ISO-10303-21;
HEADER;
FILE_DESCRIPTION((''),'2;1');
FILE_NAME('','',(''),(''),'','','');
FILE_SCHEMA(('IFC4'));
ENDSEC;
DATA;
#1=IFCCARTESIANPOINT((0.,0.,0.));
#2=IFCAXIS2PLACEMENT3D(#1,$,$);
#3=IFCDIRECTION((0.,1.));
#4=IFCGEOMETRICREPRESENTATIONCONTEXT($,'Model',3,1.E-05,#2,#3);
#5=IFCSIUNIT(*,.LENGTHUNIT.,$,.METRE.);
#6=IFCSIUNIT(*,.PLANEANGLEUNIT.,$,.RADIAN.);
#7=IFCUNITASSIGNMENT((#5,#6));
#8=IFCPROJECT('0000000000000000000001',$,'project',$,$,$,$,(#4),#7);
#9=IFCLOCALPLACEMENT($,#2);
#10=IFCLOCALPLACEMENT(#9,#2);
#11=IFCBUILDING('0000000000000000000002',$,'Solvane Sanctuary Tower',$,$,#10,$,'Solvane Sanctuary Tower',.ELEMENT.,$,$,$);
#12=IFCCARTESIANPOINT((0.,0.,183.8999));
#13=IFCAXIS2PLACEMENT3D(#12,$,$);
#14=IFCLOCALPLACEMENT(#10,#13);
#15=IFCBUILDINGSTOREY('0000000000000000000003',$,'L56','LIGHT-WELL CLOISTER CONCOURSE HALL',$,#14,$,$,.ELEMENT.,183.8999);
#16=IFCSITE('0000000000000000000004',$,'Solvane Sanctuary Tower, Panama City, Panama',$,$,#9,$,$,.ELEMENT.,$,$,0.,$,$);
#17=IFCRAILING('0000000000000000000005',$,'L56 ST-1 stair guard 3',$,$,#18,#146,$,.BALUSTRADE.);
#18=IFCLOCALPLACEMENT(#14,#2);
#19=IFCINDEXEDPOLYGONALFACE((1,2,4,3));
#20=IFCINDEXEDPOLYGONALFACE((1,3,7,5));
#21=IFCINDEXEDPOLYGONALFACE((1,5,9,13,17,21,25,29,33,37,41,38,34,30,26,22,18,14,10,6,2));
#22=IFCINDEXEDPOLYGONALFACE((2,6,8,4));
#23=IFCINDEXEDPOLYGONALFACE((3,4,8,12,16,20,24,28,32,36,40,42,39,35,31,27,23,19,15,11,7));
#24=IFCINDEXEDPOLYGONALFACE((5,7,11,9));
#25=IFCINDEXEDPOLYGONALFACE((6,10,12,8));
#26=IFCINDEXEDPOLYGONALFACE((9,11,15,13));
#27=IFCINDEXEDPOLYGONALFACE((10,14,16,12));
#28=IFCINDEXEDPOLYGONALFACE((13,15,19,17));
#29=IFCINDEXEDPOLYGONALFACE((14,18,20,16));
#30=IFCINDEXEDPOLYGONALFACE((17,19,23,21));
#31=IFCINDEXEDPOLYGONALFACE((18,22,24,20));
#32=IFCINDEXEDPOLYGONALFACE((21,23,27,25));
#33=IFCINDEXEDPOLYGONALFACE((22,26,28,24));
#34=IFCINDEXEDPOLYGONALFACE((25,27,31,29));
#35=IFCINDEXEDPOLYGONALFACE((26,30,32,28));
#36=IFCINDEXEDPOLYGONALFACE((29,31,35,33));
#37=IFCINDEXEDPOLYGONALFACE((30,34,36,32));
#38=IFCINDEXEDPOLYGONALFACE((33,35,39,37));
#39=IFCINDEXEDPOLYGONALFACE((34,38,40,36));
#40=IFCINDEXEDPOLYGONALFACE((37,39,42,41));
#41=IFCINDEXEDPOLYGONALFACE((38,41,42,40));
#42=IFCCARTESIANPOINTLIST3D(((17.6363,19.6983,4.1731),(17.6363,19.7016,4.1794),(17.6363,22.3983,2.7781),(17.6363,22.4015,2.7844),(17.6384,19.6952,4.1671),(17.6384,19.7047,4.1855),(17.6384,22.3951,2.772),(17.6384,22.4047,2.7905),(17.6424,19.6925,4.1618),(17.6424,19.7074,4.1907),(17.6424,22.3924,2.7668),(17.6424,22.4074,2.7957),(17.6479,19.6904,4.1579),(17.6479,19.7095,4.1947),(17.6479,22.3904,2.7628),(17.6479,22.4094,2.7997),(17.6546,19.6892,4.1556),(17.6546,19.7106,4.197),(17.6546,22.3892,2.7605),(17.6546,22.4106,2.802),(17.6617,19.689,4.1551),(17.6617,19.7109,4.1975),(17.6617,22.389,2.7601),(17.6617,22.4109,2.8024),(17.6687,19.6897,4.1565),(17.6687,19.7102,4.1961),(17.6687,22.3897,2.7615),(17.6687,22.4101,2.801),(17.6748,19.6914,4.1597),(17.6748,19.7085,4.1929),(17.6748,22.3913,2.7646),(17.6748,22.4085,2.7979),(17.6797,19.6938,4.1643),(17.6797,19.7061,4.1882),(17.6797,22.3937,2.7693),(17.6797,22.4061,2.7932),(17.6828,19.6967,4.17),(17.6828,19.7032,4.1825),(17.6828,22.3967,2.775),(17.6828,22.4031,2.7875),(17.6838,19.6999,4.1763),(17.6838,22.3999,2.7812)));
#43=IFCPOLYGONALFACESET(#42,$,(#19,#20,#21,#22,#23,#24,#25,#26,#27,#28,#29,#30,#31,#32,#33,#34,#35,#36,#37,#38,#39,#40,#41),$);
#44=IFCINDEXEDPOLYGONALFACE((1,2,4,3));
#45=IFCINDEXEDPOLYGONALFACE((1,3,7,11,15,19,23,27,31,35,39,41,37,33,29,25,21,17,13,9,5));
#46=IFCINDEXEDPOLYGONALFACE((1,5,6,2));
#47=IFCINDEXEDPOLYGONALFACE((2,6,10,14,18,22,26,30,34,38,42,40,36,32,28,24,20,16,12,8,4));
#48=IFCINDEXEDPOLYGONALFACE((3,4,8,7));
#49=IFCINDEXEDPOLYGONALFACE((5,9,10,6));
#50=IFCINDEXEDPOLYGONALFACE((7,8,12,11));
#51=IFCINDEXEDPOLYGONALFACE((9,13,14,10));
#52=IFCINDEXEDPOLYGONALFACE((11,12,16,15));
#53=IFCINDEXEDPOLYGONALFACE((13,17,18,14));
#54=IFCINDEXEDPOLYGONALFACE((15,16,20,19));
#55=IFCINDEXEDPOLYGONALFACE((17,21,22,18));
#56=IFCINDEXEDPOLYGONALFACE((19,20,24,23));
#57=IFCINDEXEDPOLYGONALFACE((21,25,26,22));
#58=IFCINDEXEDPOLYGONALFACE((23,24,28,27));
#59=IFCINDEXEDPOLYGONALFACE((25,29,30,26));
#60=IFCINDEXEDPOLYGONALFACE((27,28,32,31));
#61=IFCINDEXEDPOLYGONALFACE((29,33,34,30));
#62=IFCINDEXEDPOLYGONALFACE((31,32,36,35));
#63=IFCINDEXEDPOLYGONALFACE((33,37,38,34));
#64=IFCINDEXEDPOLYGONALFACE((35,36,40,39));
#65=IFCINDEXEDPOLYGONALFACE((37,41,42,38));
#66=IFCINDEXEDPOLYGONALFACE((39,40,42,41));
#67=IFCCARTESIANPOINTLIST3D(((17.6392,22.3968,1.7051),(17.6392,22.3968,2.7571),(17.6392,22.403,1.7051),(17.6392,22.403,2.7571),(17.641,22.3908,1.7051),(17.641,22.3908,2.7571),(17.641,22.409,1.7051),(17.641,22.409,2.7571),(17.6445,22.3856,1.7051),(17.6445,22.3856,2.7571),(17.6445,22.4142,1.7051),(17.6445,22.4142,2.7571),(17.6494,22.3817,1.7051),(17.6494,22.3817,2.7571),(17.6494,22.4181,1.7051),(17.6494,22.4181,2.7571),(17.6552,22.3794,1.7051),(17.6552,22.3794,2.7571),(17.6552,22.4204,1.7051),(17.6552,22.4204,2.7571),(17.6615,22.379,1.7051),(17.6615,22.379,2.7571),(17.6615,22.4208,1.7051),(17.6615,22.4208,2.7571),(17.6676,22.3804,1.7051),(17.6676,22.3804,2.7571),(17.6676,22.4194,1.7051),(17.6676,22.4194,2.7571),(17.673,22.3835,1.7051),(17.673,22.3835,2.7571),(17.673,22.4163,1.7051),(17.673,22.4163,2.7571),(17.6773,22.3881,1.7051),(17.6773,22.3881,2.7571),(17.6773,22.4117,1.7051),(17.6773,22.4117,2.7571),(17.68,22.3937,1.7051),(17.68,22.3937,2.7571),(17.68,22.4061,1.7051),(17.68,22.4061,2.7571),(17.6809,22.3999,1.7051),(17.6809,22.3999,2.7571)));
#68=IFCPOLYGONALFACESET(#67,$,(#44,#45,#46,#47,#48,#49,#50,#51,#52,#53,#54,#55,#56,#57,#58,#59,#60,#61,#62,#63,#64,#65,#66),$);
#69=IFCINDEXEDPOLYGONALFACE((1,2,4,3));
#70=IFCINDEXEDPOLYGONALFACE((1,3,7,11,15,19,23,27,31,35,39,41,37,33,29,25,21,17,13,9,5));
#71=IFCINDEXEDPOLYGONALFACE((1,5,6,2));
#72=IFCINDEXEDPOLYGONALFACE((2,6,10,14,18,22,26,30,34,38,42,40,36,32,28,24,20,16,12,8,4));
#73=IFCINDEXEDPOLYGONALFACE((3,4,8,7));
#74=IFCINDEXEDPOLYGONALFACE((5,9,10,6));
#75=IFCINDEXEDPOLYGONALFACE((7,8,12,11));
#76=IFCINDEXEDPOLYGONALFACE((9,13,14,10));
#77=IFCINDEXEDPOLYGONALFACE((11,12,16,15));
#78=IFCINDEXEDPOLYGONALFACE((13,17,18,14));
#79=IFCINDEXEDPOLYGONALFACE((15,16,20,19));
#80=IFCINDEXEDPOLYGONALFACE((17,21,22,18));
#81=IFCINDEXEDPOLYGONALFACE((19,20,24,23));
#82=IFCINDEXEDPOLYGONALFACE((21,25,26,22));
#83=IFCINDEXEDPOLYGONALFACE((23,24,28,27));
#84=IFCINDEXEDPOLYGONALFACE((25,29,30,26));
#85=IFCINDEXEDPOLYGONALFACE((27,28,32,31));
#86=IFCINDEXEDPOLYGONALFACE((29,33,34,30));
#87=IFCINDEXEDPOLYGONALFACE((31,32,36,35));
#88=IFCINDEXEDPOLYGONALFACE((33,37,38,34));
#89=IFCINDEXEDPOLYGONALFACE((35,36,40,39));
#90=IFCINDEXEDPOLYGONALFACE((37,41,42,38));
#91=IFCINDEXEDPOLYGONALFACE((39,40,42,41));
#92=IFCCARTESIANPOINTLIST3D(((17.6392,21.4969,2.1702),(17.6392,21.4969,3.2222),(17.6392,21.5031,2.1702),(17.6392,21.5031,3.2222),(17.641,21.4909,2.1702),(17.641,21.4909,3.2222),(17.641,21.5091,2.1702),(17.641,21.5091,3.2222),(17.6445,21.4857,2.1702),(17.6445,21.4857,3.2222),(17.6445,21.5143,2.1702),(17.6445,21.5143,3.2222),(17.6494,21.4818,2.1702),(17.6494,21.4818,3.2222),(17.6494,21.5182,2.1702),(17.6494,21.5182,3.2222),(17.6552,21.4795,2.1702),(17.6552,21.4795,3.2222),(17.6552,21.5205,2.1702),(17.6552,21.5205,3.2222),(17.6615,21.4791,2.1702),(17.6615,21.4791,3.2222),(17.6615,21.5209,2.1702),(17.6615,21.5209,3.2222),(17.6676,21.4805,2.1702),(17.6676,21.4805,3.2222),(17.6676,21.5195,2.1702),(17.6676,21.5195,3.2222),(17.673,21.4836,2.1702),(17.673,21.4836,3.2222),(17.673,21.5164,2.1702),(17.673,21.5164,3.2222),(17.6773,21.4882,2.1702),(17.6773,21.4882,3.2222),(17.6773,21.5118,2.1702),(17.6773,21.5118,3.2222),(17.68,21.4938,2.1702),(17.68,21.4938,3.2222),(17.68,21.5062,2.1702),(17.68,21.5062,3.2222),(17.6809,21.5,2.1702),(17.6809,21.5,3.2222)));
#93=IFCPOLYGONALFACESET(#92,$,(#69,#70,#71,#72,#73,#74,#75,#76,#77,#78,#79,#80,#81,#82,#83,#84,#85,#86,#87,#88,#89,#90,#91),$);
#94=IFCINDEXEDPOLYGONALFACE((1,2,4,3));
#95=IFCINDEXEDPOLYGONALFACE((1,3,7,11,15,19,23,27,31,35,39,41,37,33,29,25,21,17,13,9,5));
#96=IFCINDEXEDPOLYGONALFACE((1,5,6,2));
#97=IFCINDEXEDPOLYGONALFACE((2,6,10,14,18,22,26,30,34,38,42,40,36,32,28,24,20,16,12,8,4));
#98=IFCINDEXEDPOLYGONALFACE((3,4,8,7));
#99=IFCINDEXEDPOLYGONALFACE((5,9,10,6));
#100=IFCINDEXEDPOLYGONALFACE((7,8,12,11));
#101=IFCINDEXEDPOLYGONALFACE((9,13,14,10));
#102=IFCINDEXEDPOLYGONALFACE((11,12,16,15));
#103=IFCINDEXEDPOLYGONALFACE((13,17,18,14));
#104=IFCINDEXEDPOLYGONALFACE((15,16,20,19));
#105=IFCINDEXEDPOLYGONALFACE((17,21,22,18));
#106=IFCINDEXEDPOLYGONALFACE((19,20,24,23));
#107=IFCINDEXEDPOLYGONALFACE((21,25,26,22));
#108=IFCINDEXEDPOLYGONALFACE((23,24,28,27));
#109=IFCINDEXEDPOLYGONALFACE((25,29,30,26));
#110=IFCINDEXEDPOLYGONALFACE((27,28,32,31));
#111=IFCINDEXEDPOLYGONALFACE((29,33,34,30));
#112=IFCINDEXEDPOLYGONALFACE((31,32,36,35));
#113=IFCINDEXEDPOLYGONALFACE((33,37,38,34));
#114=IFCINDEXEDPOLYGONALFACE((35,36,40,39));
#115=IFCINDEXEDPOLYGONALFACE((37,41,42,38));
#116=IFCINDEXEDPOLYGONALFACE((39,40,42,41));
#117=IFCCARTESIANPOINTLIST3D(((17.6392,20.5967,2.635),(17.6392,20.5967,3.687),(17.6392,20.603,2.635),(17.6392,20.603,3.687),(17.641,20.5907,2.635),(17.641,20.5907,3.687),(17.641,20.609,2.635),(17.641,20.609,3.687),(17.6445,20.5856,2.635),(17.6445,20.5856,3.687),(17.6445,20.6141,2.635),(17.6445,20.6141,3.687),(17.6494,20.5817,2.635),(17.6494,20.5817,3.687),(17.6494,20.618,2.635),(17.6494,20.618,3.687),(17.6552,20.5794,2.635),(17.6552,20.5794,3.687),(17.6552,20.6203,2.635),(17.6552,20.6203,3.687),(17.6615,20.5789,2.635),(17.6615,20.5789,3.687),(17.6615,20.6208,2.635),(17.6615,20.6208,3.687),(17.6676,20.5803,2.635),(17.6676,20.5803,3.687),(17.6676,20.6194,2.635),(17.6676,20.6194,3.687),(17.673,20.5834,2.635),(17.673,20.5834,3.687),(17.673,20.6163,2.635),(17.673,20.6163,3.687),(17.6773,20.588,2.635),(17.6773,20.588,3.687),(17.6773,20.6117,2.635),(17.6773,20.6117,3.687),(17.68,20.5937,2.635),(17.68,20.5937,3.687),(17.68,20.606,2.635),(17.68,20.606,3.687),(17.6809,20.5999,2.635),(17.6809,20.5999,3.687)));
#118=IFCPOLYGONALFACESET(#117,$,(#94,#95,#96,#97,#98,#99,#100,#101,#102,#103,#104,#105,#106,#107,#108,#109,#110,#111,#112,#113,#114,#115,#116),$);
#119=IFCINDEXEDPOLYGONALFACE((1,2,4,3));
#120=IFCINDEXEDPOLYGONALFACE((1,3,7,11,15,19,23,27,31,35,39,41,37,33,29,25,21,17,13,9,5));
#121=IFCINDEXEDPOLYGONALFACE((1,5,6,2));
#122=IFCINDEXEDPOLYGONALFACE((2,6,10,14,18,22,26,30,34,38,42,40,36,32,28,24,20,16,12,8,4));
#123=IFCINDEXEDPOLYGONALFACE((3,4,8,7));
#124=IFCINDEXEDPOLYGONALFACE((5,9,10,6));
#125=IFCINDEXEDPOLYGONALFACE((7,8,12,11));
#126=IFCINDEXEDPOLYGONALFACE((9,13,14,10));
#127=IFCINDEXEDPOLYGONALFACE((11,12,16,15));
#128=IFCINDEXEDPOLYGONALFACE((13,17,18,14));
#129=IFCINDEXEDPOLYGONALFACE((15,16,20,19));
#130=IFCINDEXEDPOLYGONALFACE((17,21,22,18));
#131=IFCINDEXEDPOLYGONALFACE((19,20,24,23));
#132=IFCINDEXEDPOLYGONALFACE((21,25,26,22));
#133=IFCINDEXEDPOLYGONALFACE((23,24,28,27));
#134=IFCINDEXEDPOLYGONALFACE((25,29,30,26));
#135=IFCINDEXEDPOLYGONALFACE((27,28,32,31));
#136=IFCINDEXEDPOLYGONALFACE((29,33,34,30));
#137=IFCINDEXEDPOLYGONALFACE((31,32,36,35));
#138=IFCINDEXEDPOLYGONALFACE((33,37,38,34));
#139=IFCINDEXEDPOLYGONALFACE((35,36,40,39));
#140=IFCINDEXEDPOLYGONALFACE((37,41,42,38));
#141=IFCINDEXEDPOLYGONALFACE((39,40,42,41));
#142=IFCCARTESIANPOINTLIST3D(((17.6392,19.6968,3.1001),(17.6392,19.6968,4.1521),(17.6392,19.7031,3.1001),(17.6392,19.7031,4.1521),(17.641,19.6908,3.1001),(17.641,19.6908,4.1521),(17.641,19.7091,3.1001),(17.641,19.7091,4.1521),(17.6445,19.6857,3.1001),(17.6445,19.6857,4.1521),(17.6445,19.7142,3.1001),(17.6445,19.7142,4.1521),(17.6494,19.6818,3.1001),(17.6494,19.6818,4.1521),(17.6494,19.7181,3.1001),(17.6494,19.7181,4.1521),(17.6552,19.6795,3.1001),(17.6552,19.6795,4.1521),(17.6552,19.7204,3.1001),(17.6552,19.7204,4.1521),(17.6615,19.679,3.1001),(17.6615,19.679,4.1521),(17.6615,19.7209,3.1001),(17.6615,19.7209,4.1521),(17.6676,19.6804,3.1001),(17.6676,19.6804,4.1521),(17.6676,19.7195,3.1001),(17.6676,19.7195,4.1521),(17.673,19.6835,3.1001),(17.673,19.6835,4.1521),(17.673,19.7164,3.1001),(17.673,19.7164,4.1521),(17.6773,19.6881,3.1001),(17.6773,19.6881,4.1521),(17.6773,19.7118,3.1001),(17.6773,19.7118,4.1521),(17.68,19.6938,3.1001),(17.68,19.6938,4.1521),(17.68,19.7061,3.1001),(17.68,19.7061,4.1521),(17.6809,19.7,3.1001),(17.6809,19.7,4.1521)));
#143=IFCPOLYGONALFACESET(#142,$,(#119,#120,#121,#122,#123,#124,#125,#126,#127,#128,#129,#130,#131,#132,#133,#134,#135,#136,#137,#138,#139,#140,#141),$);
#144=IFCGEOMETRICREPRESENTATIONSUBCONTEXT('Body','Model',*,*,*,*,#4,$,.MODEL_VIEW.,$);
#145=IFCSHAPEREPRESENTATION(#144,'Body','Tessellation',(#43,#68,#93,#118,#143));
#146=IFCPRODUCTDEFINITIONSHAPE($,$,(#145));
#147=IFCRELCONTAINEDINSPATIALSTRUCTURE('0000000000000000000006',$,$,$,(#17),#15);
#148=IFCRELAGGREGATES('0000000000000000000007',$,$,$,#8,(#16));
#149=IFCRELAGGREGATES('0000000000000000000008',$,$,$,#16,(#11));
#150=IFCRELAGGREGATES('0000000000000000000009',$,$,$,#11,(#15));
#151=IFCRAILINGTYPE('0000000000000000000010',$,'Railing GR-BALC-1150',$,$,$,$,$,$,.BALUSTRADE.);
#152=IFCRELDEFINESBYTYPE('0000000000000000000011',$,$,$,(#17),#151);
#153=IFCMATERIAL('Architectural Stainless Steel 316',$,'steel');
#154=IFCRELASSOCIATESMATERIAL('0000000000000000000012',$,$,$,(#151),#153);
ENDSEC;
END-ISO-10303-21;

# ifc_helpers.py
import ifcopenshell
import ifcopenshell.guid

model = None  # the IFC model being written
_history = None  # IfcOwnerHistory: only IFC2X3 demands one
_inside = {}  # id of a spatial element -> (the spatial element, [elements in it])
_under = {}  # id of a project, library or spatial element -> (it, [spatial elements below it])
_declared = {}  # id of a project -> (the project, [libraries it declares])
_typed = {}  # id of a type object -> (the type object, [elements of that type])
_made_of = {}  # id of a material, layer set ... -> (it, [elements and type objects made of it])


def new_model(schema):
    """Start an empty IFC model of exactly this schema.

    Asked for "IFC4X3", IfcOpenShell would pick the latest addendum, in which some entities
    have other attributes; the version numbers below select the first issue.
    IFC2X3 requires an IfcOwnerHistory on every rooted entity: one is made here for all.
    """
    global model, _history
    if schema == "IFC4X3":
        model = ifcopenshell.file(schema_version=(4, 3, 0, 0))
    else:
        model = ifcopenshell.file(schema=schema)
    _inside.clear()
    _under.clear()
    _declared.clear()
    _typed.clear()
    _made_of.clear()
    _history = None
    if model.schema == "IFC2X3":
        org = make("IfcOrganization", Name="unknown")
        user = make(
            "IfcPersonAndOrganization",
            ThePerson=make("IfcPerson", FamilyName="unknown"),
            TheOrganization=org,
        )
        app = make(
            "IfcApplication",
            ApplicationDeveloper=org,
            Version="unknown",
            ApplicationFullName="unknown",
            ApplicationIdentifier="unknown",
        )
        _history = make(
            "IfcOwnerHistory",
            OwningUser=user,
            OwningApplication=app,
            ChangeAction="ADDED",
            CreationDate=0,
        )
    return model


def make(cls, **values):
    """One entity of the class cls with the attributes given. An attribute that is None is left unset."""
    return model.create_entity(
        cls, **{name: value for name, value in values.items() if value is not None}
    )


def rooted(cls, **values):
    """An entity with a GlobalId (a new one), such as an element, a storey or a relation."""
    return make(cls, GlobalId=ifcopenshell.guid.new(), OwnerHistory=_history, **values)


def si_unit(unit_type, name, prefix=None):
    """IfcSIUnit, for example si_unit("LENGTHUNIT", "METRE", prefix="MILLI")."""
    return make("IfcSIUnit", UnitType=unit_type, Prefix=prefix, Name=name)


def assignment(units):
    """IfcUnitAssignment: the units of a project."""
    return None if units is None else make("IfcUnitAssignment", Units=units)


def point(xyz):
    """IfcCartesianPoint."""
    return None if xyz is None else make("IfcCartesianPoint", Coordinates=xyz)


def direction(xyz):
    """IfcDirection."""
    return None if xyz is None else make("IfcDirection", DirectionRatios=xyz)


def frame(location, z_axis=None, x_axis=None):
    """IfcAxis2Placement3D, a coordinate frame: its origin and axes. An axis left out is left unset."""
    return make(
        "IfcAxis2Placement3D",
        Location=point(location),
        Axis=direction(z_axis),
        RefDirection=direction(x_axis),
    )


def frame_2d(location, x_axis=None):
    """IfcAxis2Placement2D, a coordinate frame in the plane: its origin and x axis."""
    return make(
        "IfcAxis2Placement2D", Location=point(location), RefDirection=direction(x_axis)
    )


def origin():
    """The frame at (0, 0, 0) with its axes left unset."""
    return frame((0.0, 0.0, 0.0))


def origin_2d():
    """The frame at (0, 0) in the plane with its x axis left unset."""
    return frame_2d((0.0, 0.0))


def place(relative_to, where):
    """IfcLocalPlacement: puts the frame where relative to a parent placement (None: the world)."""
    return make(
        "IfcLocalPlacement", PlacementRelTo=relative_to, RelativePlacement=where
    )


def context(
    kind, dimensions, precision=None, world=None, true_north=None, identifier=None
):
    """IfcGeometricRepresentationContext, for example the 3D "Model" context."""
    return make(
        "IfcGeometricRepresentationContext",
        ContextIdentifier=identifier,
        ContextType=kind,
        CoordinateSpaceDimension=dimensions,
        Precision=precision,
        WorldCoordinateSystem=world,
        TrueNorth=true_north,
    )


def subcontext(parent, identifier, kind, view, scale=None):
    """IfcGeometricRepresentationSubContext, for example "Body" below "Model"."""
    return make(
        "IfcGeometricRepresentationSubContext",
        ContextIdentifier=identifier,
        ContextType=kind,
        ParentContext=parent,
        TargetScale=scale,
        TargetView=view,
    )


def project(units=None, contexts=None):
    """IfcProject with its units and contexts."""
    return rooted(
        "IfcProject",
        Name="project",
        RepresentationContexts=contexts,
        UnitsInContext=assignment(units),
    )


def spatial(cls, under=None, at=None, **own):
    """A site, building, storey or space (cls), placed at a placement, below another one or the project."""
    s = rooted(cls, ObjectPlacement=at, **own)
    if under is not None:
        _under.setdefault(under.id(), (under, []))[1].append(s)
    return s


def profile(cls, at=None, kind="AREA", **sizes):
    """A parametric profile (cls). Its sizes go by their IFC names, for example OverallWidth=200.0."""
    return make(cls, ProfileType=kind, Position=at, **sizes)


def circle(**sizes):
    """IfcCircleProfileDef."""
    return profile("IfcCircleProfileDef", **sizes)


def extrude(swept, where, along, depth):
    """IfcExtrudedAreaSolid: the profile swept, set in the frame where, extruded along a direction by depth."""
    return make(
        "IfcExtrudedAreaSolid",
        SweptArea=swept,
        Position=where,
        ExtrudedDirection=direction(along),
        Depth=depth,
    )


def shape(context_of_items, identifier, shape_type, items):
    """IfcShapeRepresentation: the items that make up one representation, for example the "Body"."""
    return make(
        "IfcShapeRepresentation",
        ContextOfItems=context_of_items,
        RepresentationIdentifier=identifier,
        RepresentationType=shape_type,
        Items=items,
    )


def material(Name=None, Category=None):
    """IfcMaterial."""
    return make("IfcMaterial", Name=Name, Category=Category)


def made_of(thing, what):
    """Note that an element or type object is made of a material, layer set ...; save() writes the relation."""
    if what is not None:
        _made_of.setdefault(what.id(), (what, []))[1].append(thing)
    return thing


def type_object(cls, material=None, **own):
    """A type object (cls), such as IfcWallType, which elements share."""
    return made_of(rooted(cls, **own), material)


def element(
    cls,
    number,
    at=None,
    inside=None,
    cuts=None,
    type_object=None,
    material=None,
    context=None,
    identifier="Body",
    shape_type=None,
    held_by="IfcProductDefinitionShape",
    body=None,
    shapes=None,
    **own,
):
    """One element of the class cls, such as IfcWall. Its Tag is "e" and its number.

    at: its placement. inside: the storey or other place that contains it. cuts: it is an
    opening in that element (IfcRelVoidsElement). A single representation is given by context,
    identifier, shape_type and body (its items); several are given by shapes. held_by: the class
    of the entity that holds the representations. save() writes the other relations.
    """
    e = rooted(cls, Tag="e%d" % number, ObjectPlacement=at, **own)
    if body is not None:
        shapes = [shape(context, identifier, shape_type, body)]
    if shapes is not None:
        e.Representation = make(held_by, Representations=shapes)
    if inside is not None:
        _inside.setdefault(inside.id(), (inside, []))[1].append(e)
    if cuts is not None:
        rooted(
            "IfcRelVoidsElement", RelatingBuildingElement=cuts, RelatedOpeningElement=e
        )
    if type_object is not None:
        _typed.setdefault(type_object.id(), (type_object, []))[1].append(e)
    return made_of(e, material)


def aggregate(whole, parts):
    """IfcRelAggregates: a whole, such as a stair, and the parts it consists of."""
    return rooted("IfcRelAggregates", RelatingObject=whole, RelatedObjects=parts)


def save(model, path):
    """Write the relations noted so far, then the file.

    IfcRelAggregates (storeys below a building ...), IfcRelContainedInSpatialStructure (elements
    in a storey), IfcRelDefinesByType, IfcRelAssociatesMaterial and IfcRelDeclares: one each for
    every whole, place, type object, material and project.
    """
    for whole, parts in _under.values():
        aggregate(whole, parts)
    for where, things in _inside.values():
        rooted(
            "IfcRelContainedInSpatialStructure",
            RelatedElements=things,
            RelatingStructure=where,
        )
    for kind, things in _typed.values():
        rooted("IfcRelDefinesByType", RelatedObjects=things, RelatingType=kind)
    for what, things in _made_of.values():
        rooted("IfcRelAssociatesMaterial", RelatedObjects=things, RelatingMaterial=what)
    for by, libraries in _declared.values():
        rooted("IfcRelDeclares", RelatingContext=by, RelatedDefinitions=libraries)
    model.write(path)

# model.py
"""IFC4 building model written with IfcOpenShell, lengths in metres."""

from ifc_helpers import new_model, si_unit, direction, frame, origin, origin_2d, place, context, subcontext, project, spatial, circle, extrude, material, type_object, element, save


model = new_model("IFC4")

# Units and contexts
model_context = context("Model", 3, precision=1e-05, world=origin(), true_north=direction((0.0, 1.0)))
body_context = subcontext(model_context, "Body", "Model", "MODEL_VIEW")
ifc_project = project(units=[si_unit("LENGTHUNIT", "METRE"), si_unit("PLANEANGLEUNIT", "RADIAN")], contexts=[model_context])

# Site, building, storey
site_placement = place(None, origin())
site = spatial("IfcSite", under=ifc_project, at=site_placement, Name="Solvane Sanctuary Tower, Panama City, Panama", CompositionType="ELEMENT", RefElevation=0.0)
building_placement = place(site_placement, origin())
building = spatial("IfcBuilding", under=site, at=building_placement, Name="Solvane Sanctuary Tower", LongName="Solvane Sanctuary Tower", CompositionType="ELEMENT")
storey_placement = place(building_placement, frame((0.0, 0.0, 183.8999)))
storey = spatial("IfcBuildingStorey", under=building, at=storey_placement, Name="L56", Description="LIGHT-WELL CLOISTER CONCOURSE HALL", CompositionType="ELEMENT", Elevation=183.8999)

# Railing
ifc_material_1 = material(Name="Architectural Stainless Steel 316", Category="steel")
railing_type_1 = type_object("IfcRailingType", Name="Railing GR-BALC-1150", PredefinedType="BALUSTRADE", material=ifc_material_1)
railing_1_placement = place(storey_placement, frame((17.6599, 22.3999, 1.7051)))
element("IfcRailing", 1, at=railing_1_placement, inside=storey, type_object=railing_type_1, Name="L56 ST-1 stair guard 3", PredefinedType="BALUSTRADE", context=body_context, shape_type="SweptSolid", body=[
    extrude(circle(Radius=0.0239, at=origin_2d()), frame((0.0, 0.0, 1.0762), z_axis=(0.0, -0.88842, 0.459032), x_axis=(1.0, 0.0, 0.0)), (0.0, 0.0, 1.0), 3.0391),
    extrude(circle(Radius=0.021, at=origin_2d()), origin(), (0.0, 0.0, 1.0), 1.052),
    extrude(circle(Radius=0.021, at=origin_2d()), frame((0.0, -0.8999, 0.4651)), (0.0, 0.0, 1.0), 1.052),
    extrude(circle(Radius=0.021, at=origin_2d()), frame((0.0, -1.8, 0.9299)), (0.0, 0.0, 1.0), 1.052),
    extrude(circle(Radius=0.021, at=origin_2d()), frame((0.0, -2.7, 1.395)), (0.0, 0.0, 1.0), 1.052),
])

save(model, "model.ifc")
